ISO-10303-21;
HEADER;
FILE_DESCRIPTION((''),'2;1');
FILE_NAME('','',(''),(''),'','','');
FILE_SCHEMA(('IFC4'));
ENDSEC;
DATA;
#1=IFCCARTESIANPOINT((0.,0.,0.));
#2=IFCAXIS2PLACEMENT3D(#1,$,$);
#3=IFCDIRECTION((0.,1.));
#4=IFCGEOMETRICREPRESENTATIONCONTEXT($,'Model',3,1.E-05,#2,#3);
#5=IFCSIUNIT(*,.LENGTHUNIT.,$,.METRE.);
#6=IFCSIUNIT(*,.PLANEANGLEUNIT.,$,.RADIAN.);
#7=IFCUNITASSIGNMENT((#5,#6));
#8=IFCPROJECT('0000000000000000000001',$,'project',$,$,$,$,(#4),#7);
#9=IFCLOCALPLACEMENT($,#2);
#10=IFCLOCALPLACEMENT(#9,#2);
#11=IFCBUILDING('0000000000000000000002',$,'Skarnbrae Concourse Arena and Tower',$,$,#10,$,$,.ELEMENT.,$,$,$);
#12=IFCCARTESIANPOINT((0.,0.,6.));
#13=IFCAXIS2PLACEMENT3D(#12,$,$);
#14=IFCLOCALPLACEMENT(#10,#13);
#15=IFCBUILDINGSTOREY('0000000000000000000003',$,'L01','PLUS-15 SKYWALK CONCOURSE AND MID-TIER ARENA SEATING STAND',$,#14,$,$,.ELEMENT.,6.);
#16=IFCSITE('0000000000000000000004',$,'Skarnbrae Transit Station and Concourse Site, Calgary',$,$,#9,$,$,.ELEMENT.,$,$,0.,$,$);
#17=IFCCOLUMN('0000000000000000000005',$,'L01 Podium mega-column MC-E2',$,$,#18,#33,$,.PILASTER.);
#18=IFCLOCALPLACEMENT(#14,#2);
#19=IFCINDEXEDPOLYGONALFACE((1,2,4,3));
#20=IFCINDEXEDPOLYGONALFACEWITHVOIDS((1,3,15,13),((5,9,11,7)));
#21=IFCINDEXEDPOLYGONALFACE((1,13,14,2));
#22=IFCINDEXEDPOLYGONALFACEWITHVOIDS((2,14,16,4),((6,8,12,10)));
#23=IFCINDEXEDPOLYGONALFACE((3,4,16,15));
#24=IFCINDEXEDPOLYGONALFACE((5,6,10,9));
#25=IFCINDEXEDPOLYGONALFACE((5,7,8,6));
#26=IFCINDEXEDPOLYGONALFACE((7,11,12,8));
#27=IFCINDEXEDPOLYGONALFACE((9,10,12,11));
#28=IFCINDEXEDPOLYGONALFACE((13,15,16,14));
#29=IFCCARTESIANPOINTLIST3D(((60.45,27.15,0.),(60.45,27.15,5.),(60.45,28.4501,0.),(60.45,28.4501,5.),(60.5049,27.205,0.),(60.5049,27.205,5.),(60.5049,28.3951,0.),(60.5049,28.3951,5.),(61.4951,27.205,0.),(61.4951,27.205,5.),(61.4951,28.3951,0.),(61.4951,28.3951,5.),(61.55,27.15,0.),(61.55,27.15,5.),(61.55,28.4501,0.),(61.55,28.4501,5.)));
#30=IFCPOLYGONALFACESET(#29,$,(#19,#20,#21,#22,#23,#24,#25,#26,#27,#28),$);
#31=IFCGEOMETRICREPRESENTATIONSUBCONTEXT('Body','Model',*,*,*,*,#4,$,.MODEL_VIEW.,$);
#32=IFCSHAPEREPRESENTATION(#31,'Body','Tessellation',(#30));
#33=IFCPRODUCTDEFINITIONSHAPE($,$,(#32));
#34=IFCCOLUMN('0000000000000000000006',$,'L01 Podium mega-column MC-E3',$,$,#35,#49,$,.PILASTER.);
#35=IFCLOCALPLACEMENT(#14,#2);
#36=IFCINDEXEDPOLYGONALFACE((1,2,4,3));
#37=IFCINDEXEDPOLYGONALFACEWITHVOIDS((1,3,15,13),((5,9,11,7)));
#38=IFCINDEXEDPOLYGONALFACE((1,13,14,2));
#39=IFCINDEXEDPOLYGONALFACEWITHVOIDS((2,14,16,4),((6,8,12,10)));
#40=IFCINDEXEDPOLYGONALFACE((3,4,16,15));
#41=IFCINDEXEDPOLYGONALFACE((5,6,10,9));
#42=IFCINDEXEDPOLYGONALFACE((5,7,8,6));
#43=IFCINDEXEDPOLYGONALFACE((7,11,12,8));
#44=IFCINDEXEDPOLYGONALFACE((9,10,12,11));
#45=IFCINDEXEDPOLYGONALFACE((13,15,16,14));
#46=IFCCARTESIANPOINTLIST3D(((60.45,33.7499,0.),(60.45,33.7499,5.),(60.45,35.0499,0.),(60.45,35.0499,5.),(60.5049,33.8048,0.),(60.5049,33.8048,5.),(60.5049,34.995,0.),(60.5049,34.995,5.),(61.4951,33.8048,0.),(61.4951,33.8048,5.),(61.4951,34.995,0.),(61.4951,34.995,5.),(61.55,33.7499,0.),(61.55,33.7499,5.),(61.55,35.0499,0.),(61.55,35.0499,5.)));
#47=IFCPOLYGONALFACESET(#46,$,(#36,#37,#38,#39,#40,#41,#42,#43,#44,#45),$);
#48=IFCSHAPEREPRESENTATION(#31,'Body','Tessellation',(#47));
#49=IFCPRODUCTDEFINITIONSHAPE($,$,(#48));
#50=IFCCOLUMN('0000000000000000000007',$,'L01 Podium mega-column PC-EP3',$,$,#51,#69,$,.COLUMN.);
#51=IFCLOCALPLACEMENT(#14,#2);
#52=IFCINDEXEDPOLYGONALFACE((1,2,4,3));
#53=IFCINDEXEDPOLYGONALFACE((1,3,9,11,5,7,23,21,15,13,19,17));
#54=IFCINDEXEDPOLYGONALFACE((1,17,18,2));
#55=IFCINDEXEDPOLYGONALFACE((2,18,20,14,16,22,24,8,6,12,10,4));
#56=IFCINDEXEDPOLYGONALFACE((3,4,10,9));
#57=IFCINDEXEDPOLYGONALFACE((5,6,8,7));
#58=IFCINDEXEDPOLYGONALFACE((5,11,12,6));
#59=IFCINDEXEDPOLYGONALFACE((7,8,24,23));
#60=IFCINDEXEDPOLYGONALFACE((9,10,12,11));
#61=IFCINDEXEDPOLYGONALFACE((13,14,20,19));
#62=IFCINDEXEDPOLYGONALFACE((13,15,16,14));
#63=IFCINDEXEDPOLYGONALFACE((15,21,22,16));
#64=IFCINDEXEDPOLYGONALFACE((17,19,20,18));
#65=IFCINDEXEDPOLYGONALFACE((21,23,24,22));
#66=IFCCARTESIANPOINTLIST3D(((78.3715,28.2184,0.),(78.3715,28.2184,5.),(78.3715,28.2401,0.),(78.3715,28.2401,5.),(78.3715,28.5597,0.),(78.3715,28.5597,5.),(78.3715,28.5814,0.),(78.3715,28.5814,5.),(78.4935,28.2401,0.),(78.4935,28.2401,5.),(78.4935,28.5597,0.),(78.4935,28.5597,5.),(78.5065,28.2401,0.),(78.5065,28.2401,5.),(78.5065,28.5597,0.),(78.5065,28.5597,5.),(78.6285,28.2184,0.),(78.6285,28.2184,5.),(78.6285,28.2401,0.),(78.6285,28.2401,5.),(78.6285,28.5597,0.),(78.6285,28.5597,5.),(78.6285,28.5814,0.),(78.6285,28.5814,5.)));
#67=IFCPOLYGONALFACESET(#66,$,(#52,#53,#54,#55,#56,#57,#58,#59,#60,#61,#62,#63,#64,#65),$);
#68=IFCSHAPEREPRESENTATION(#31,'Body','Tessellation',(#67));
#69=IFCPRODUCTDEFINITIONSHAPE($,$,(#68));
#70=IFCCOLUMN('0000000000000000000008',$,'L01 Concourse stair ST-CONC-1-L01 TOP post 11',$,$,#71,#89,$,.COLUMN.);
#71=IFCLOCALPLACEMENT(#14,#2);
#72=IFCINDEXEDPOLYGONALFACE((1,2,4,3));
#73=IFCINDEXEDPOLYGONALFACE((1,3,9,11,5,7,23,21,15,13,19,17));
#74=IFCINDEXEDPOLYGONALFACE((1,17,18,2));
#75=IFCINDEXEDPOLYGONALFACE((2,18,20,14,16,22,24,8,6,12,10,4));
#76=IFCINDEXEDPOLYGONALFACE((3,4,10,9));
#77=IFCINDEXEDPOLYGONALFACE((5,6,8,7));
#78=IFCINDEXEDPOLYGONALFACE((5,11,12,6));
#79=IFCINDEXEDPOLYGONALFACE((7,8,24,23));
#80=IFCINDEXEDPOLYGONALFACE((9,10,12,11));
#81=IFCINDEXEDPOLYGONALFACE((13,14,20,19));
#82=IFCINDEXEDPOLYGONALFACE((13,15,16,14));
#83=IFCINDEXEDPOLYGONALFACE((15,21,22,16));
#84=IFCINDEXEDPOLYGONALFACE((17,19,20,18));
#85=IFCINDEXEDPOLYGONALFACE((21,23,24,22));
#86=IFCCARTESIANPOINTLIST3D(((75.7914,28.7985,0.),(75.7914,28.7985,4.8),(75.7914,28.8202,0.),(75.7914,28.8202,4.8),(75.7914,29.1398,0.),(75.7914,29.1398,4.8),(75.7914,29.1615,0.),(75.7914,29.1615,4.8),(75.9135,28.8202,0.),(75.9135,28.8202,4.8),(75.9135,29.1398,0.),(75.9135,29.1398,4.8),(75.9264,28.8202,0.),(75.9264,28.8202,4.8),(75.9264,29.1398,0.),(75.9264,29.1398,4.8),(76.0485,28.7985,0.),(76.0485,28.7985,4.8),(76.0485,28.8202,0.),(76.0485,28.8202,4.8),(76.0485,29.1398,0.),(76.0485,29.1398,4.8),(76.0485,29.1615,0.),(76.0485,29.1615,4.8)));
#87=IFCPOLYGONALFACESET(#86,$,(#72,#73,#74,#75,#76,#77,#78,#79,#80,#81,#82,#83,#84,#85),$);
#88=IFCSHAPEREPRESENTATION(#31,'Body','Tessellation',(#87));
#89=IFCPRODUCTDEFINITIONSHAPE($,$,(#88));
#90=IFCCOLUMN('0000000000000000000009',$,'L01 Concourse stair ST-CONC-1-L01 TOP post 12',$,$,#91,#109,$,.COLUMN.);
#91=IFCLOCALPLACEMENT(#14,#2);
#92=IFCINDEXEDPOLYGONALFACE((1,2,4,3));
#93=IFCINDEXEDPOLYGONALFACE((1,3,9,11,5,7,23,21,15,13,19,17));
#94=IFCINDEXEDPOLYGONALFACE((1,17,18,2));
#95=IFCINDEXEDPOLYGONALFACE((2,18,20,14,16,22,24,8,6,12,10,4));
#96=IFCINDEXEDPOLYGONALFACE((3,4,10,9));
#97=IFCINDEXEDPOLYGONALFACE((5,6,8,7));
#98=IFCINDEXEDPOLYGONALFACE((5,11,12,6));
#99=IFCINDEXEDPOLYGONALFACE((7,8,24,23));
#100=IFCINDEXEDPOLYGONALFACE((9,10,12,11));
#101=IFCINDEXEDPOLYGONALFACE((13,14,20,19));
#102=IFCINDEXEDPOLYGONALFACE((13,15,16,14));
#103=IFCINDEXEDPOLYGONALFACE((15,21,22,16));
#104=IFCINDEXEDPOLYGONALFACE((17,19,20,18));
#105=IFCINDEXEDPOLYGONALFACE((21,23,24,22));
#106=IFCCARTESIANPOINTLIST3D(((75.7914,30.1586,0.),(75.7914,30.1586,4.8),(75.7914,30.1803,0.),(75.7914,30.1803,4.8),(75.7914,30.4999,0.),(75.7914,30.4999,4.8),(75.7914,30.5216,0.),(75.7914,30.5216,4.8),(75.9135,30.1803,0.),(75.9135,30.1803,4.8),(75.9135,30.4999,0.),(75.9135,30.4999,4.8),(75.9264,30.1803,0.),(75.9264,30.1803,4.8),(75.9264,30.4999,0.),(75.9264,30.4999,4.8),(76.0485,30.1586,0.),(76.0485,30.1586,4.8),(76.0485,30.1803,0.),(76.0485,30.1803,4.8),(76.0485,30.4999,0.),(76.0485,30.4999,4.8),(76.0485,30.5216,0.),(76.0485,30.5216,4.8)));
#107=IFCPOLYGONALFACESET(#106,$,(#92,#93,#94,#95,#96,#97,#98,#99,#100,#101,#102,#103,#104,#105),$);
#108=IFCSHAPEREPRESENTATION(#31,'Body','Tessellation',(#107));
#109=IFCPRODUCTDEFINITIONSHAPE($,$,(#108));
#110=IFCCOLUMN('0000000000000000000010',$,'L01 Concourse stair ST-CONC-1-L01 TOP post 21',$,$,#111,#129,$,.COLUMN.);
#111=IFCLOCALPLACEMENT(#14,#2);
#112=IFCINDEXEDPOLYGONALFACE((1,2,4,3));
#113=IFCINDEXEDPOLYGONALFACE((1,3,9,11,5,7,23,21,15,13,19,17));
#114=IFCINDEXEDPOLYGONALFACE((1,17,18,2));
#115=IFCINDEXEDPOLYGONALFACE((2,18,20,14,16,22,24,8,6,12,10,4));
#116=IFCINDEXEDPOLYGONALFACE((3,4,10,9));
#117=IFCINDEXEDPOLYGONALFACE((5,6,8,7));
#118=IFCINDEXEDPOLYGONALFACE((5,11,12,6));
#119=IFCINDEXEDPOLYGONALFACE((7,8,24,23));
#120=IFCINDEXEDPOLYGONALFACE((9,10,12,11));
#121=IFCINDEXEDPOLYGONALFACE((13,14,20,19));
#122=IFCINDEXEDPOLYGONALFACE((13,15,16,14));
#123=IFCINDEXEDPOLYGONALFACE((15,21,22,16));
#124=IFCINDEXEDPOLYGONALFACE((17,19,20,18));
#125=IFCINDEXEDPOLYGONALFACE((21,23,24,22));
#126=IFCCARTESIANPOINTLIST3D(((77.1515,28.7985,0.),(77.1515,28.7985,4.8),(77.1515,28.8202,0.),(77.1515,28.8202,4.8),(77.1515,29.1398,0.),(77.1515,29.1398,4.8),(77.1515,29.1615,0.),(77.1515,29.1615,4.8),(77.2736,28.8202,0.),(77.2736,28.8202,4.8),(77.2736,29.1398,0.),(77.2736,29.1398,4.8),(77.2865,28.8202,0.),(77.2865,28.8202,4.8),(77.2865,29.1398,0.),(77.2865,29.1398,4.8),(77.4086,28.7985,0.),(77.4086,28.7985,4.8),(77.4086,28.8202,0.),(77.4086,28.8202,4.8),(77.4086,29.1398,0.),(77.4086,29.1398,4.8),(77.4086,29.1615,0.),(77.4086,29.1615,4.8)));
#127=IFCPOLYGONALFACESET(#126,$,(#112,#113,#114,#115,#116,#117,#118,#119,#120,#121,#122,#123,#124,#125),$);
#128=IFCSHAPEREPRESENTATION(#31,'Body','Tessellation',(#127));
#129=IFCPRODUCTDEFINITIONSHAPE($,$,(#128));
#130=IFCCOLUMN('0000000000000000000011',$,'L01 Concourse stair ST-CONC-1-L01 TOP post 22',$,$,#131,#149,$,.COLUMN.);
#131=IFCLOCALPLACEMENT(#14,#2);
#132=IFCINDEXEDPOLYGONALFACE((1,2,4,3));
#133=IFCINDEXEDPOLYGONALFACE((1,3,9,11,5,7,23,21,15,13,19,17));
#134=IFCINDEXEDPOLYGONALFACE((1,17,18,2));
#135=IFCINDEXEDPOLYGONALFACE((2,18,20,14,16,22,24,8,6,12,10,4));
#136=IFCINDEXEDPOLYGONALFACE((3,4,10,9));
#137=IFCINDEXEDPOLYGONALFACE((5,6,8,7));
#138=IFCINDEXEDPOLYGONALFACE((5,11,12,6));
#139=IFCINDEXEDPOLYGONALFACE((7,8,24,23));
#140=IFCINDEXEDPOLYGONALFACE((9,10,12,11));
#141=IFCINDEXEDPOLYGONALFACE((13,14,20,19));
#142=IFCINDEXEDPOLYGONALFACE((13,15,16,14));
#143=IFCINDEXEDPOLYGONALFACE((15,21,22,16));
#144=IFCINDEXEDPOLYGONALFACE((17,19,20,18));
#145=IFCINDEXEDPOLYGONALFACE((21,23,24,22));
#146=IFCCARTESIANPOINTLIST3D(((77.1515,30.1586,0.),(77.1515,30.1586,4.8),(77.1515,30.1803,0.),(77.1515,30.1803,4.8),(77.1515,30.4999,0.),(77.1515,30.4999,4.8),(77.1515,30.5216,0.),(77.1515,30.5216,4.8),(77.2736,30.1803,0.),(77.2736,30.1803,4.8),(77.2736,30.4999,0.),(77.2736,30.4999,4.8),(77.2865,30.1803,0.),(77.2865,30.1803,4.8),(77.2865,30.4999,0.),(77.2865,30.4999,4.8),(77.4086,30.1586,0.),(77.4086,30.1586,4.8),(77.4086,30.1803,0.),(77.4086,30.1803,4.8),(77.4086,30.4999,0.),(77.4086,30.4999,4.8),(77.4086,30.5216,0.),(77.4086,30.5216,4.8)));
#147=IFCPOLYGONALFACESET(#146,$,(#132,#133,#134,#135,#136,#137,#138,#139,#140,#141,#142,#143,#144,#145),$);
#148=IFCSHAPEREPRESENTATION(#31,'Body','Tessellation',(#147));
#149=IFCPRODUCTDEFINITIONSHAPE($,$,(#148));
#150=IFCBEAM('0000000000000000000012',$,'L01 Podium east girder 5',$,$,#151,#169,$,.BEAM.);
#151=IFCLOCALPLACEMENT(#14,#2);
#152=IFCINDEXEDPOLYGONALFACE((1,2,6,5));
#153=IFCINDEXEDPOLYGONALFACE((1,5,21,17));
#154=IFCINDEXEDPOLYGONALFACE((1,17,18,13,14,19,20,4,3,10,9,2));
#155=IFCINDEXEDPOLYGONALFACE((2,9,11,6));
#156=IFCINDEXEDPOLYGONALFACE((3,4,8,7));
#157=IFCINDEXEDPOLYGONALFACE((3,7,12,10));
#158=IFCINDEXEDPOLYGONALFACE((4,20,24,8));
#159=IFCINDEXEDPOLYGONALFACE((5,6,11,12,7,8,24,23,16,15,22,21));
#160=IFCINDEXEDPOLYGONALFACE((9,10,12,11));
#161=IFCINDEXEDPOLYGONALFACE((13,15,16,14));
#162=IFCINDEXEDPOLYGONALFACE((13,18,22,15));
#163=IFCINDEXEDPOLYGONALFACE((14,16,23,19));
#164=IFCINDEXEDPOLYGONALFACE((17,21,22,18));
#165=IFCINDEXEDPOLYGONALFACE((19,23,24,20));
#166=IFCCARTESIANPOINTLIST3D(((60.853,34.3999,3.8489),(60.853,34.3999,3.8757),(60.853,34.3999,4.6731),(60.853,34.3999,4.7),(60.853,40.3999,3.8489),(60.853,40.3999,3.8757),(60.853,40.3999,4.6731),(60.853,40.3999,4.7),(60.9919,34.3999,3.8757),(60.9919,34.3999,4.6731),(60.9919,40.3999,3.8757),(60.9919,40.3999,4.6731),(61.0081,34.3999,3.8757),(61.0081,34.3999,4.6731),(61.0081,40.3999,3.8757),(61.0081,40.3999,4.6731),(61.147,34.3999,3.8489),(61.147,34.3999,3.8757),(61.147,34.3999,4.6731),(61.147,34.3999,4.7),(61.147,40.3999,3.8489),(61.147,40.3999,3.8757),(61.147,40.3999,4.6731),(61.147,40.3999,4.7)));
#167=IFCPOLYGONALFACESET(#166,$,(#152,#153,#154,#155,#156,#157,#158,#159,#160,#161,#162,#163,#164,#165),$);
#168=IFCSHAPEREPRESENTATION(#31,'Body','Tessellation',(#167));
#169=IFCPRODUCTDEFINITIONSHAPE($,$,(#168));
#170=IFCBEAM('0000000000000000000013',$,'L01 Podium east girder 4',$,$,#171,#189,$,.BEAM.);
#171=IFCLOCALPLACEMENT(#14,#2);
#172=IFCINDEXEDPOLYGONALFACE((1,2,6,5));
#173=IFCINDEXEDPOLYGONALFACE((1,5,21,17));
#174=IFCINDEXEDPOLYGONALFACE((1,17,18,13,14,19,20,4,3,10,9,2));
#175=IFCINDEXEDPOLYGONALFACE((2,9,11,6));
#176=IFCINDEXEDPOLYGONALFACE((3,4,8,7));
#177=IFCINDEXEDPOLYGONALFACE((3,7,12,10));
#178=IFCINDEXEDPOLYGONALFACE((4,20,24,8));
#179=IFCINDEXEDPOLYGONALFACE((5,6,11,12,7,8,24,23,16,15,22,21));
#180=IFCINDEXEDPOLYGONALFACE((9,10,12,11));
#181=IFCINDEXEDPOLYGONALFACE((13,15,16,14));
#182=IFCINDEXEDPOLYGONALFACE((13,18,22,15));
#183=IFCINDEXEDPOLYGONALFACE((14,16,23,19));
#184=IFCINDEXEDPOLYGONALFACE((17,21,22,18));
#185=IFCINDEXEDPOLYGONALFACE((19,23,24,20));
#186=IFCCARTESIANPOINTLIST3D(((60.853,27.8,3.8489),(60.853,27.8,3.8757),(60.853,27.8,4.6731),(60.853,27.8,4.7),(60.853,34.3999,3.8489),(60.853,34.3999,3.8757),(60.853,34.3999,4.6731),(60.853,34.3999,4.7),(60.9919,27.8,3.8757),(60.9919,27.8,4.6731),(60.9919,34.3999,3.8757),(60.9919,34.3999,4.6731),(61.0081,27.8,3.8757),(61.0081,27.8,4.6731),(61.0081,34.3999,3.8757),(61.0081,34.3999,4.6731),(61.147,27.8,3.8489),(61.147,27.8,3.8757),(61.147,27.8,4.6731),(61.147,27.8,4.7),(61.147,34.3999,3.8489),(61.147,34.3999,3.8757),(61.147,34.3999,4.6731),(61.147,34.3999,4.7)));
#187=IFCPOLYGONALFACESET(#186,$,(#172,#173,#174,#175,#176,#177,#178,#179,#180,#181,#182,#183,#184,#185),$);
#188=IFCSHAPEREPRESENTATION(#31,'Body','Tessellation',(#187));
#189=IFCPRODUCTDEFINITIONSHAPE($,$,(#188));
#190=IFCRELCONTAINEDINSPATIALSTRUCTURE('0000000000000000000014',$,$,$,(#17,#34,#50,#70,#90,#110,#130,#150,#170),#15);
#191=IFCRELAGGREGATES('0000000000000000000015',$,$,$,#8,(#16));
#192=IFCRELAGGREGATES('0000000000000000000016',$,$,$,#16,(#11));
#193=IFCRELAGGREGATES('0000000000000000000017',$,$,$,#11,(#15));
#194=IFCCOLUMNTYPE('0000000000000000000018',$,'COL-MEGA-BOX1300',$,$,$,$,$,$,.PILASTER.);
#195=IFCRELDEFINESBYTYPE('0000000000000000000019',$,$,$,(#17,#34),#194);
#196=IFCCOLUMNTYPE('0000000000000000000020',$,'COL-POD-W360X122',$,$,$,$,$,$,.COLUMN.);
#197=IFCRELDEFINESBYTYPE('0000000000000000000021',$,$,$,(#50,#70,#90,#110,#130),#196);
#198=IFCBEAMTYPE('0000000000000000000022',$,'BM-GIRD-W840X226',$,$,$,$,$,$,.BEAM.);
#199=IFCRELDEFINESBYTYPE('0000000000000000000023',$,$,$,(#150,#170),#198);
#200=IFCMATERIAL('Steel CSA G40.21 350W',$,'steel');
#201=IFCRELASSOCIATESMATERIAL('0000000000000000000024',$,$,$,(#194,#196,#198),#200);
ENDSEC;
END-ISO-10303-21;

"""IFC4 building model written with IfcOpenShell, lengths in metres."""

from ifc_helpers import new_model, si_unit, direction, frame, origin, origin_2d, place, context, subcontext, project, spatial, hollow_rectangle, i_section, extrude, source, transform, mapped, material, material_profile, profile_set, type_object, element, save


model = new_model("IFC4")

# Units and contexts
model_context = context("Model", 3, precision=1e-05, world=origin(), true_north=direction((0.0, 1.0)))
body_context = subcontext(model_context, "Body", "Model", "MODEL_VIEW")
ifc_project = project(units=[si_unit("LENGTHUNIT", "METRE"), si_unit("PLANEANGLEUNIT", "RADIAN")], contexts=[model_context])

# Site, building, storey
site_placement = place(None, origin())
site = spatial("IfcSite", under=ifc_project, at=site_placement, Name="Skarnbrae Transit Station and Concourse Site, Calgary", CompositionType="ELEMENT", RefElevation=0.0)
building_placement = place(site_placement, origin())
building = spatial("IfcBuilding", under=site, at=building_placement, Name="Skarnbrae Concourse Arena and Tower", CompositionType="ELEMENT")
storey_placement = place(building_placement, frame((0.0, 0.0, 6.0)))
storey = spatial("IfcBuildingStorey", under=building, at=storey_placement, Name="L01", Description="PLUS-15 SKYWALK CONCOURSE AND MID-TIER ARENA SEATING STAND", CompositionType="ELEMENT", Elevation=6.0)

# Columns
ifc_material_1 = material(Name="Steel CSA G40.21 350W", Category="steel")
ifc_material_profile_1 = material_profile(ifc_material_1, hollow_rectangle(XDim=1.1001, YDim=1.3, WallThickness=0.0549, at=origin_2d()), Name="BOX1300X1100X55")
ifc_profile_set_1 = profile_set([ifc_material_profile_1], Name="Steel CSA G40.21 350W")
column_type_1 = type_object("IfcColumnType", Name="COL-MEGA-BOX1300", PredefinedType="PILASTER", material=ifc_profile_set_1)
shared_shape_1 = source(origin(), body_context, "Body", "SweptSolid", [
    extrude(hollow_rectangle(XDim=1.1001, YDim=1.3, WallThickness=0.0549, at=origin_2d()), origin(), (0.0, 0.0, 1.0), 5.0),
])
for number, where, z_axis, x_axis, name in (
    (1, (61.0, 27.8, 0.0), (0.0, 0.0, 1.0), (1.0, 0.0, 0.0), "L01 Podium mega-column MC-E2"),
    (2, (61.0, 34.3999, 0.0), (0.0, 0.0, 1.0), (1.0, 0.0, 0.0), "L01 Podium mega-column MC-E3"),
):
    element("IfcColumn", number, at=place(storey_placement, frame(where, z_axis=z_axis, x_axis=x_axis)), inside=storey, type_object=column_type_1, Name=name, PredefinedType="PILASTER", context=body_context, shape_type="MappedRepresentation", body=[
        mapped(shared_shape_1, transform((0.0, 0.0, 0.0))),
    ])
ifc_material_profile_2 = material_profile(ifc_material_1, i_section(OverallWidth=0.2571, OverallDepth=0.363, WebThickness=0.0129, FlangeThickness=0.0217, at=origin_2d()), Name="W360X122")
ifc_profile_set_2 = profile_set([ifc_material_profile_2], Name="Steel CSA G40.21 350W")
column_type_2 = type_object("IfcColumnType", Name="COL-POD-W360X122", PredefinedType="COLUMN", material=ifc_profile_set_2)
shared_shape_2 = source(origin(), body_context, "Body", "SweptSolid", [
    extrude(i_section(OverallWidth=0.2571, OverallDepth=0.363, WebThickness=0.0129, FlangeThickness=0.0217, at=origin_2d()), origin(), (0.0, 0.0, 1.0), 5.0),
])
column_placement = place(storey_placement, frame((78.5, 28.3999, 0.0), z_axis=(0.0, 0.0, 1.0), x_axis=(1.0, 0.0, 0.0)))
element("IfcColumn", 3, at=column_placement, inside=storey, type_object=column_type_2, Name="L01 Podium mega-column PC-EP3", PredefinedType="COLUMN", context=body_context, shape_type="MappedRepresentation", body=[
    mapped(shared_shape_2, transform((0.0, 0.0, 0.0))),
])
shared_shape_3 = source(origin(), body_context, "Body", "SweptSolid", [
    extrude(i_section(OverallWidth=0.2571, OverallDepth=0.363, WebThickness=0.0129, FlangeThickness=0.0217, at=origin_2d()), origin(), (0.0, 0.0, 1.0), 4.8),
])
for number, where, z_axis, x_axis, name in (
    (4, (75.9199, 28.98, 0.0), (0.0, 0.0, 1.0), (1.0, 0.0, 0.0), "L01 Concourse stair ST-CONC-1-L01 TOP post 11"),
    (5, (75.9199, 30.3401, 0.0), (0.0, 0.0, 1.0), (1.0, 0.0, 0.0), "L01 Concourse stair ST-CONC-1-L01 TOP post 12"),
    (6, (77.28, 28.98, 0.0), (0.0, 0.0, 1.0), (1.0, 0.0, 0.0), "L01 Concourse stair ST-CONC-1-L01 TOP post 21"),
    (7, (77.28, 30.3401, 0.0), (0.0, 0.0, 1.0), (1.0, 0.0, 0.0), "L01 Concourse stair ST-CONC-1-L01 TOP post 22"),
):
    element("IfcColumn", number, at=place(storey_placement, frame(where, z_axis=z_axis, x_axis=x_axis)), inside=storey, type_object=column_type_2, Name=name, PredefinedType="COLUMN", context=body_context, shape_type="MappedRepresentation", body=[
        mapped(shared_shape_3, transform((0.0, 0.0, 0.0))),
    ])

# Beams
ifc_material_profile_3 = material_profile(ifc_material_1, i_section(OverallWidth=0.2939, OverallDepth=0.8511, WebThickness=0.0161, FlangeThickness=0.0269, at=origin_2d()), Name="W840X226")
ifc_profile_set_3 = profile_set([ifc_material_profile_3], Name="Steel CSA G40.21 350W")
beam_type_1 = type_object("IfcBeamType", Name="BM-GIRD-W840X226", PredefinedType="BEAM", material=ifc_profile_set_3)
shared_shape_4 = source(origin(), body_context, "Body", "SweptSolid", [
    extrude(i_section(OverallWidth=0.2939, OverallDepth=0.8511, WebThickness=0.0161, FlangeThickness=0.0269, at=origin_2d()), origin(), (0.0, 0.0, 1.0), 6.0),
])
beam_1_placement = place(storey_placement, frame((61.0, 34.3999, 4.2744), z_axis=(0.0, 1.0, 0.0), x_axis=(-1.0, 0.0, 0.0)))
element("IfcBeam", 8, at=beam_1_placement, inside=storey, type_object=beam_type_1, Name="L01 Podium east girder 5", PredefinedType="BEAM", context=body_context, shape_type="MappedRepresentation", body=[
    mapped(shared_shape_4, transform((0.0, 0.0, 0.0))),
])
shared_shape_5 = source(origin(), body_context, "Body", "SweptSolid", [
    extrude(i_section(OverallWidth=0.2939, OverallDepth=0.8511, WebThickness=0.0161, FlangeThickness=0.0269, at=origin_2d()), origin(), (0.0, 0.0, 1.0), 6.5999),
])
beam_2_placement = place(storey_placement, frame((61.0, 27.8, 4.2744), z_axis=(0.0, 1.0, 0.0), x_axis=(-1.0, 0.0, 0.0)))
element("IfcBeam", 9, at=beam_2_placement, inside=storey, type_object=beam_type_1, Name="L01 Podium east girder 4", PredefinedType="BEAM", context=body_context, shape_type="MappedRepresentation", body=[
    mapped(shared_shape_5, transform((0.0, 0.0, 0.0))),
])

save(model, "model.ifc")
